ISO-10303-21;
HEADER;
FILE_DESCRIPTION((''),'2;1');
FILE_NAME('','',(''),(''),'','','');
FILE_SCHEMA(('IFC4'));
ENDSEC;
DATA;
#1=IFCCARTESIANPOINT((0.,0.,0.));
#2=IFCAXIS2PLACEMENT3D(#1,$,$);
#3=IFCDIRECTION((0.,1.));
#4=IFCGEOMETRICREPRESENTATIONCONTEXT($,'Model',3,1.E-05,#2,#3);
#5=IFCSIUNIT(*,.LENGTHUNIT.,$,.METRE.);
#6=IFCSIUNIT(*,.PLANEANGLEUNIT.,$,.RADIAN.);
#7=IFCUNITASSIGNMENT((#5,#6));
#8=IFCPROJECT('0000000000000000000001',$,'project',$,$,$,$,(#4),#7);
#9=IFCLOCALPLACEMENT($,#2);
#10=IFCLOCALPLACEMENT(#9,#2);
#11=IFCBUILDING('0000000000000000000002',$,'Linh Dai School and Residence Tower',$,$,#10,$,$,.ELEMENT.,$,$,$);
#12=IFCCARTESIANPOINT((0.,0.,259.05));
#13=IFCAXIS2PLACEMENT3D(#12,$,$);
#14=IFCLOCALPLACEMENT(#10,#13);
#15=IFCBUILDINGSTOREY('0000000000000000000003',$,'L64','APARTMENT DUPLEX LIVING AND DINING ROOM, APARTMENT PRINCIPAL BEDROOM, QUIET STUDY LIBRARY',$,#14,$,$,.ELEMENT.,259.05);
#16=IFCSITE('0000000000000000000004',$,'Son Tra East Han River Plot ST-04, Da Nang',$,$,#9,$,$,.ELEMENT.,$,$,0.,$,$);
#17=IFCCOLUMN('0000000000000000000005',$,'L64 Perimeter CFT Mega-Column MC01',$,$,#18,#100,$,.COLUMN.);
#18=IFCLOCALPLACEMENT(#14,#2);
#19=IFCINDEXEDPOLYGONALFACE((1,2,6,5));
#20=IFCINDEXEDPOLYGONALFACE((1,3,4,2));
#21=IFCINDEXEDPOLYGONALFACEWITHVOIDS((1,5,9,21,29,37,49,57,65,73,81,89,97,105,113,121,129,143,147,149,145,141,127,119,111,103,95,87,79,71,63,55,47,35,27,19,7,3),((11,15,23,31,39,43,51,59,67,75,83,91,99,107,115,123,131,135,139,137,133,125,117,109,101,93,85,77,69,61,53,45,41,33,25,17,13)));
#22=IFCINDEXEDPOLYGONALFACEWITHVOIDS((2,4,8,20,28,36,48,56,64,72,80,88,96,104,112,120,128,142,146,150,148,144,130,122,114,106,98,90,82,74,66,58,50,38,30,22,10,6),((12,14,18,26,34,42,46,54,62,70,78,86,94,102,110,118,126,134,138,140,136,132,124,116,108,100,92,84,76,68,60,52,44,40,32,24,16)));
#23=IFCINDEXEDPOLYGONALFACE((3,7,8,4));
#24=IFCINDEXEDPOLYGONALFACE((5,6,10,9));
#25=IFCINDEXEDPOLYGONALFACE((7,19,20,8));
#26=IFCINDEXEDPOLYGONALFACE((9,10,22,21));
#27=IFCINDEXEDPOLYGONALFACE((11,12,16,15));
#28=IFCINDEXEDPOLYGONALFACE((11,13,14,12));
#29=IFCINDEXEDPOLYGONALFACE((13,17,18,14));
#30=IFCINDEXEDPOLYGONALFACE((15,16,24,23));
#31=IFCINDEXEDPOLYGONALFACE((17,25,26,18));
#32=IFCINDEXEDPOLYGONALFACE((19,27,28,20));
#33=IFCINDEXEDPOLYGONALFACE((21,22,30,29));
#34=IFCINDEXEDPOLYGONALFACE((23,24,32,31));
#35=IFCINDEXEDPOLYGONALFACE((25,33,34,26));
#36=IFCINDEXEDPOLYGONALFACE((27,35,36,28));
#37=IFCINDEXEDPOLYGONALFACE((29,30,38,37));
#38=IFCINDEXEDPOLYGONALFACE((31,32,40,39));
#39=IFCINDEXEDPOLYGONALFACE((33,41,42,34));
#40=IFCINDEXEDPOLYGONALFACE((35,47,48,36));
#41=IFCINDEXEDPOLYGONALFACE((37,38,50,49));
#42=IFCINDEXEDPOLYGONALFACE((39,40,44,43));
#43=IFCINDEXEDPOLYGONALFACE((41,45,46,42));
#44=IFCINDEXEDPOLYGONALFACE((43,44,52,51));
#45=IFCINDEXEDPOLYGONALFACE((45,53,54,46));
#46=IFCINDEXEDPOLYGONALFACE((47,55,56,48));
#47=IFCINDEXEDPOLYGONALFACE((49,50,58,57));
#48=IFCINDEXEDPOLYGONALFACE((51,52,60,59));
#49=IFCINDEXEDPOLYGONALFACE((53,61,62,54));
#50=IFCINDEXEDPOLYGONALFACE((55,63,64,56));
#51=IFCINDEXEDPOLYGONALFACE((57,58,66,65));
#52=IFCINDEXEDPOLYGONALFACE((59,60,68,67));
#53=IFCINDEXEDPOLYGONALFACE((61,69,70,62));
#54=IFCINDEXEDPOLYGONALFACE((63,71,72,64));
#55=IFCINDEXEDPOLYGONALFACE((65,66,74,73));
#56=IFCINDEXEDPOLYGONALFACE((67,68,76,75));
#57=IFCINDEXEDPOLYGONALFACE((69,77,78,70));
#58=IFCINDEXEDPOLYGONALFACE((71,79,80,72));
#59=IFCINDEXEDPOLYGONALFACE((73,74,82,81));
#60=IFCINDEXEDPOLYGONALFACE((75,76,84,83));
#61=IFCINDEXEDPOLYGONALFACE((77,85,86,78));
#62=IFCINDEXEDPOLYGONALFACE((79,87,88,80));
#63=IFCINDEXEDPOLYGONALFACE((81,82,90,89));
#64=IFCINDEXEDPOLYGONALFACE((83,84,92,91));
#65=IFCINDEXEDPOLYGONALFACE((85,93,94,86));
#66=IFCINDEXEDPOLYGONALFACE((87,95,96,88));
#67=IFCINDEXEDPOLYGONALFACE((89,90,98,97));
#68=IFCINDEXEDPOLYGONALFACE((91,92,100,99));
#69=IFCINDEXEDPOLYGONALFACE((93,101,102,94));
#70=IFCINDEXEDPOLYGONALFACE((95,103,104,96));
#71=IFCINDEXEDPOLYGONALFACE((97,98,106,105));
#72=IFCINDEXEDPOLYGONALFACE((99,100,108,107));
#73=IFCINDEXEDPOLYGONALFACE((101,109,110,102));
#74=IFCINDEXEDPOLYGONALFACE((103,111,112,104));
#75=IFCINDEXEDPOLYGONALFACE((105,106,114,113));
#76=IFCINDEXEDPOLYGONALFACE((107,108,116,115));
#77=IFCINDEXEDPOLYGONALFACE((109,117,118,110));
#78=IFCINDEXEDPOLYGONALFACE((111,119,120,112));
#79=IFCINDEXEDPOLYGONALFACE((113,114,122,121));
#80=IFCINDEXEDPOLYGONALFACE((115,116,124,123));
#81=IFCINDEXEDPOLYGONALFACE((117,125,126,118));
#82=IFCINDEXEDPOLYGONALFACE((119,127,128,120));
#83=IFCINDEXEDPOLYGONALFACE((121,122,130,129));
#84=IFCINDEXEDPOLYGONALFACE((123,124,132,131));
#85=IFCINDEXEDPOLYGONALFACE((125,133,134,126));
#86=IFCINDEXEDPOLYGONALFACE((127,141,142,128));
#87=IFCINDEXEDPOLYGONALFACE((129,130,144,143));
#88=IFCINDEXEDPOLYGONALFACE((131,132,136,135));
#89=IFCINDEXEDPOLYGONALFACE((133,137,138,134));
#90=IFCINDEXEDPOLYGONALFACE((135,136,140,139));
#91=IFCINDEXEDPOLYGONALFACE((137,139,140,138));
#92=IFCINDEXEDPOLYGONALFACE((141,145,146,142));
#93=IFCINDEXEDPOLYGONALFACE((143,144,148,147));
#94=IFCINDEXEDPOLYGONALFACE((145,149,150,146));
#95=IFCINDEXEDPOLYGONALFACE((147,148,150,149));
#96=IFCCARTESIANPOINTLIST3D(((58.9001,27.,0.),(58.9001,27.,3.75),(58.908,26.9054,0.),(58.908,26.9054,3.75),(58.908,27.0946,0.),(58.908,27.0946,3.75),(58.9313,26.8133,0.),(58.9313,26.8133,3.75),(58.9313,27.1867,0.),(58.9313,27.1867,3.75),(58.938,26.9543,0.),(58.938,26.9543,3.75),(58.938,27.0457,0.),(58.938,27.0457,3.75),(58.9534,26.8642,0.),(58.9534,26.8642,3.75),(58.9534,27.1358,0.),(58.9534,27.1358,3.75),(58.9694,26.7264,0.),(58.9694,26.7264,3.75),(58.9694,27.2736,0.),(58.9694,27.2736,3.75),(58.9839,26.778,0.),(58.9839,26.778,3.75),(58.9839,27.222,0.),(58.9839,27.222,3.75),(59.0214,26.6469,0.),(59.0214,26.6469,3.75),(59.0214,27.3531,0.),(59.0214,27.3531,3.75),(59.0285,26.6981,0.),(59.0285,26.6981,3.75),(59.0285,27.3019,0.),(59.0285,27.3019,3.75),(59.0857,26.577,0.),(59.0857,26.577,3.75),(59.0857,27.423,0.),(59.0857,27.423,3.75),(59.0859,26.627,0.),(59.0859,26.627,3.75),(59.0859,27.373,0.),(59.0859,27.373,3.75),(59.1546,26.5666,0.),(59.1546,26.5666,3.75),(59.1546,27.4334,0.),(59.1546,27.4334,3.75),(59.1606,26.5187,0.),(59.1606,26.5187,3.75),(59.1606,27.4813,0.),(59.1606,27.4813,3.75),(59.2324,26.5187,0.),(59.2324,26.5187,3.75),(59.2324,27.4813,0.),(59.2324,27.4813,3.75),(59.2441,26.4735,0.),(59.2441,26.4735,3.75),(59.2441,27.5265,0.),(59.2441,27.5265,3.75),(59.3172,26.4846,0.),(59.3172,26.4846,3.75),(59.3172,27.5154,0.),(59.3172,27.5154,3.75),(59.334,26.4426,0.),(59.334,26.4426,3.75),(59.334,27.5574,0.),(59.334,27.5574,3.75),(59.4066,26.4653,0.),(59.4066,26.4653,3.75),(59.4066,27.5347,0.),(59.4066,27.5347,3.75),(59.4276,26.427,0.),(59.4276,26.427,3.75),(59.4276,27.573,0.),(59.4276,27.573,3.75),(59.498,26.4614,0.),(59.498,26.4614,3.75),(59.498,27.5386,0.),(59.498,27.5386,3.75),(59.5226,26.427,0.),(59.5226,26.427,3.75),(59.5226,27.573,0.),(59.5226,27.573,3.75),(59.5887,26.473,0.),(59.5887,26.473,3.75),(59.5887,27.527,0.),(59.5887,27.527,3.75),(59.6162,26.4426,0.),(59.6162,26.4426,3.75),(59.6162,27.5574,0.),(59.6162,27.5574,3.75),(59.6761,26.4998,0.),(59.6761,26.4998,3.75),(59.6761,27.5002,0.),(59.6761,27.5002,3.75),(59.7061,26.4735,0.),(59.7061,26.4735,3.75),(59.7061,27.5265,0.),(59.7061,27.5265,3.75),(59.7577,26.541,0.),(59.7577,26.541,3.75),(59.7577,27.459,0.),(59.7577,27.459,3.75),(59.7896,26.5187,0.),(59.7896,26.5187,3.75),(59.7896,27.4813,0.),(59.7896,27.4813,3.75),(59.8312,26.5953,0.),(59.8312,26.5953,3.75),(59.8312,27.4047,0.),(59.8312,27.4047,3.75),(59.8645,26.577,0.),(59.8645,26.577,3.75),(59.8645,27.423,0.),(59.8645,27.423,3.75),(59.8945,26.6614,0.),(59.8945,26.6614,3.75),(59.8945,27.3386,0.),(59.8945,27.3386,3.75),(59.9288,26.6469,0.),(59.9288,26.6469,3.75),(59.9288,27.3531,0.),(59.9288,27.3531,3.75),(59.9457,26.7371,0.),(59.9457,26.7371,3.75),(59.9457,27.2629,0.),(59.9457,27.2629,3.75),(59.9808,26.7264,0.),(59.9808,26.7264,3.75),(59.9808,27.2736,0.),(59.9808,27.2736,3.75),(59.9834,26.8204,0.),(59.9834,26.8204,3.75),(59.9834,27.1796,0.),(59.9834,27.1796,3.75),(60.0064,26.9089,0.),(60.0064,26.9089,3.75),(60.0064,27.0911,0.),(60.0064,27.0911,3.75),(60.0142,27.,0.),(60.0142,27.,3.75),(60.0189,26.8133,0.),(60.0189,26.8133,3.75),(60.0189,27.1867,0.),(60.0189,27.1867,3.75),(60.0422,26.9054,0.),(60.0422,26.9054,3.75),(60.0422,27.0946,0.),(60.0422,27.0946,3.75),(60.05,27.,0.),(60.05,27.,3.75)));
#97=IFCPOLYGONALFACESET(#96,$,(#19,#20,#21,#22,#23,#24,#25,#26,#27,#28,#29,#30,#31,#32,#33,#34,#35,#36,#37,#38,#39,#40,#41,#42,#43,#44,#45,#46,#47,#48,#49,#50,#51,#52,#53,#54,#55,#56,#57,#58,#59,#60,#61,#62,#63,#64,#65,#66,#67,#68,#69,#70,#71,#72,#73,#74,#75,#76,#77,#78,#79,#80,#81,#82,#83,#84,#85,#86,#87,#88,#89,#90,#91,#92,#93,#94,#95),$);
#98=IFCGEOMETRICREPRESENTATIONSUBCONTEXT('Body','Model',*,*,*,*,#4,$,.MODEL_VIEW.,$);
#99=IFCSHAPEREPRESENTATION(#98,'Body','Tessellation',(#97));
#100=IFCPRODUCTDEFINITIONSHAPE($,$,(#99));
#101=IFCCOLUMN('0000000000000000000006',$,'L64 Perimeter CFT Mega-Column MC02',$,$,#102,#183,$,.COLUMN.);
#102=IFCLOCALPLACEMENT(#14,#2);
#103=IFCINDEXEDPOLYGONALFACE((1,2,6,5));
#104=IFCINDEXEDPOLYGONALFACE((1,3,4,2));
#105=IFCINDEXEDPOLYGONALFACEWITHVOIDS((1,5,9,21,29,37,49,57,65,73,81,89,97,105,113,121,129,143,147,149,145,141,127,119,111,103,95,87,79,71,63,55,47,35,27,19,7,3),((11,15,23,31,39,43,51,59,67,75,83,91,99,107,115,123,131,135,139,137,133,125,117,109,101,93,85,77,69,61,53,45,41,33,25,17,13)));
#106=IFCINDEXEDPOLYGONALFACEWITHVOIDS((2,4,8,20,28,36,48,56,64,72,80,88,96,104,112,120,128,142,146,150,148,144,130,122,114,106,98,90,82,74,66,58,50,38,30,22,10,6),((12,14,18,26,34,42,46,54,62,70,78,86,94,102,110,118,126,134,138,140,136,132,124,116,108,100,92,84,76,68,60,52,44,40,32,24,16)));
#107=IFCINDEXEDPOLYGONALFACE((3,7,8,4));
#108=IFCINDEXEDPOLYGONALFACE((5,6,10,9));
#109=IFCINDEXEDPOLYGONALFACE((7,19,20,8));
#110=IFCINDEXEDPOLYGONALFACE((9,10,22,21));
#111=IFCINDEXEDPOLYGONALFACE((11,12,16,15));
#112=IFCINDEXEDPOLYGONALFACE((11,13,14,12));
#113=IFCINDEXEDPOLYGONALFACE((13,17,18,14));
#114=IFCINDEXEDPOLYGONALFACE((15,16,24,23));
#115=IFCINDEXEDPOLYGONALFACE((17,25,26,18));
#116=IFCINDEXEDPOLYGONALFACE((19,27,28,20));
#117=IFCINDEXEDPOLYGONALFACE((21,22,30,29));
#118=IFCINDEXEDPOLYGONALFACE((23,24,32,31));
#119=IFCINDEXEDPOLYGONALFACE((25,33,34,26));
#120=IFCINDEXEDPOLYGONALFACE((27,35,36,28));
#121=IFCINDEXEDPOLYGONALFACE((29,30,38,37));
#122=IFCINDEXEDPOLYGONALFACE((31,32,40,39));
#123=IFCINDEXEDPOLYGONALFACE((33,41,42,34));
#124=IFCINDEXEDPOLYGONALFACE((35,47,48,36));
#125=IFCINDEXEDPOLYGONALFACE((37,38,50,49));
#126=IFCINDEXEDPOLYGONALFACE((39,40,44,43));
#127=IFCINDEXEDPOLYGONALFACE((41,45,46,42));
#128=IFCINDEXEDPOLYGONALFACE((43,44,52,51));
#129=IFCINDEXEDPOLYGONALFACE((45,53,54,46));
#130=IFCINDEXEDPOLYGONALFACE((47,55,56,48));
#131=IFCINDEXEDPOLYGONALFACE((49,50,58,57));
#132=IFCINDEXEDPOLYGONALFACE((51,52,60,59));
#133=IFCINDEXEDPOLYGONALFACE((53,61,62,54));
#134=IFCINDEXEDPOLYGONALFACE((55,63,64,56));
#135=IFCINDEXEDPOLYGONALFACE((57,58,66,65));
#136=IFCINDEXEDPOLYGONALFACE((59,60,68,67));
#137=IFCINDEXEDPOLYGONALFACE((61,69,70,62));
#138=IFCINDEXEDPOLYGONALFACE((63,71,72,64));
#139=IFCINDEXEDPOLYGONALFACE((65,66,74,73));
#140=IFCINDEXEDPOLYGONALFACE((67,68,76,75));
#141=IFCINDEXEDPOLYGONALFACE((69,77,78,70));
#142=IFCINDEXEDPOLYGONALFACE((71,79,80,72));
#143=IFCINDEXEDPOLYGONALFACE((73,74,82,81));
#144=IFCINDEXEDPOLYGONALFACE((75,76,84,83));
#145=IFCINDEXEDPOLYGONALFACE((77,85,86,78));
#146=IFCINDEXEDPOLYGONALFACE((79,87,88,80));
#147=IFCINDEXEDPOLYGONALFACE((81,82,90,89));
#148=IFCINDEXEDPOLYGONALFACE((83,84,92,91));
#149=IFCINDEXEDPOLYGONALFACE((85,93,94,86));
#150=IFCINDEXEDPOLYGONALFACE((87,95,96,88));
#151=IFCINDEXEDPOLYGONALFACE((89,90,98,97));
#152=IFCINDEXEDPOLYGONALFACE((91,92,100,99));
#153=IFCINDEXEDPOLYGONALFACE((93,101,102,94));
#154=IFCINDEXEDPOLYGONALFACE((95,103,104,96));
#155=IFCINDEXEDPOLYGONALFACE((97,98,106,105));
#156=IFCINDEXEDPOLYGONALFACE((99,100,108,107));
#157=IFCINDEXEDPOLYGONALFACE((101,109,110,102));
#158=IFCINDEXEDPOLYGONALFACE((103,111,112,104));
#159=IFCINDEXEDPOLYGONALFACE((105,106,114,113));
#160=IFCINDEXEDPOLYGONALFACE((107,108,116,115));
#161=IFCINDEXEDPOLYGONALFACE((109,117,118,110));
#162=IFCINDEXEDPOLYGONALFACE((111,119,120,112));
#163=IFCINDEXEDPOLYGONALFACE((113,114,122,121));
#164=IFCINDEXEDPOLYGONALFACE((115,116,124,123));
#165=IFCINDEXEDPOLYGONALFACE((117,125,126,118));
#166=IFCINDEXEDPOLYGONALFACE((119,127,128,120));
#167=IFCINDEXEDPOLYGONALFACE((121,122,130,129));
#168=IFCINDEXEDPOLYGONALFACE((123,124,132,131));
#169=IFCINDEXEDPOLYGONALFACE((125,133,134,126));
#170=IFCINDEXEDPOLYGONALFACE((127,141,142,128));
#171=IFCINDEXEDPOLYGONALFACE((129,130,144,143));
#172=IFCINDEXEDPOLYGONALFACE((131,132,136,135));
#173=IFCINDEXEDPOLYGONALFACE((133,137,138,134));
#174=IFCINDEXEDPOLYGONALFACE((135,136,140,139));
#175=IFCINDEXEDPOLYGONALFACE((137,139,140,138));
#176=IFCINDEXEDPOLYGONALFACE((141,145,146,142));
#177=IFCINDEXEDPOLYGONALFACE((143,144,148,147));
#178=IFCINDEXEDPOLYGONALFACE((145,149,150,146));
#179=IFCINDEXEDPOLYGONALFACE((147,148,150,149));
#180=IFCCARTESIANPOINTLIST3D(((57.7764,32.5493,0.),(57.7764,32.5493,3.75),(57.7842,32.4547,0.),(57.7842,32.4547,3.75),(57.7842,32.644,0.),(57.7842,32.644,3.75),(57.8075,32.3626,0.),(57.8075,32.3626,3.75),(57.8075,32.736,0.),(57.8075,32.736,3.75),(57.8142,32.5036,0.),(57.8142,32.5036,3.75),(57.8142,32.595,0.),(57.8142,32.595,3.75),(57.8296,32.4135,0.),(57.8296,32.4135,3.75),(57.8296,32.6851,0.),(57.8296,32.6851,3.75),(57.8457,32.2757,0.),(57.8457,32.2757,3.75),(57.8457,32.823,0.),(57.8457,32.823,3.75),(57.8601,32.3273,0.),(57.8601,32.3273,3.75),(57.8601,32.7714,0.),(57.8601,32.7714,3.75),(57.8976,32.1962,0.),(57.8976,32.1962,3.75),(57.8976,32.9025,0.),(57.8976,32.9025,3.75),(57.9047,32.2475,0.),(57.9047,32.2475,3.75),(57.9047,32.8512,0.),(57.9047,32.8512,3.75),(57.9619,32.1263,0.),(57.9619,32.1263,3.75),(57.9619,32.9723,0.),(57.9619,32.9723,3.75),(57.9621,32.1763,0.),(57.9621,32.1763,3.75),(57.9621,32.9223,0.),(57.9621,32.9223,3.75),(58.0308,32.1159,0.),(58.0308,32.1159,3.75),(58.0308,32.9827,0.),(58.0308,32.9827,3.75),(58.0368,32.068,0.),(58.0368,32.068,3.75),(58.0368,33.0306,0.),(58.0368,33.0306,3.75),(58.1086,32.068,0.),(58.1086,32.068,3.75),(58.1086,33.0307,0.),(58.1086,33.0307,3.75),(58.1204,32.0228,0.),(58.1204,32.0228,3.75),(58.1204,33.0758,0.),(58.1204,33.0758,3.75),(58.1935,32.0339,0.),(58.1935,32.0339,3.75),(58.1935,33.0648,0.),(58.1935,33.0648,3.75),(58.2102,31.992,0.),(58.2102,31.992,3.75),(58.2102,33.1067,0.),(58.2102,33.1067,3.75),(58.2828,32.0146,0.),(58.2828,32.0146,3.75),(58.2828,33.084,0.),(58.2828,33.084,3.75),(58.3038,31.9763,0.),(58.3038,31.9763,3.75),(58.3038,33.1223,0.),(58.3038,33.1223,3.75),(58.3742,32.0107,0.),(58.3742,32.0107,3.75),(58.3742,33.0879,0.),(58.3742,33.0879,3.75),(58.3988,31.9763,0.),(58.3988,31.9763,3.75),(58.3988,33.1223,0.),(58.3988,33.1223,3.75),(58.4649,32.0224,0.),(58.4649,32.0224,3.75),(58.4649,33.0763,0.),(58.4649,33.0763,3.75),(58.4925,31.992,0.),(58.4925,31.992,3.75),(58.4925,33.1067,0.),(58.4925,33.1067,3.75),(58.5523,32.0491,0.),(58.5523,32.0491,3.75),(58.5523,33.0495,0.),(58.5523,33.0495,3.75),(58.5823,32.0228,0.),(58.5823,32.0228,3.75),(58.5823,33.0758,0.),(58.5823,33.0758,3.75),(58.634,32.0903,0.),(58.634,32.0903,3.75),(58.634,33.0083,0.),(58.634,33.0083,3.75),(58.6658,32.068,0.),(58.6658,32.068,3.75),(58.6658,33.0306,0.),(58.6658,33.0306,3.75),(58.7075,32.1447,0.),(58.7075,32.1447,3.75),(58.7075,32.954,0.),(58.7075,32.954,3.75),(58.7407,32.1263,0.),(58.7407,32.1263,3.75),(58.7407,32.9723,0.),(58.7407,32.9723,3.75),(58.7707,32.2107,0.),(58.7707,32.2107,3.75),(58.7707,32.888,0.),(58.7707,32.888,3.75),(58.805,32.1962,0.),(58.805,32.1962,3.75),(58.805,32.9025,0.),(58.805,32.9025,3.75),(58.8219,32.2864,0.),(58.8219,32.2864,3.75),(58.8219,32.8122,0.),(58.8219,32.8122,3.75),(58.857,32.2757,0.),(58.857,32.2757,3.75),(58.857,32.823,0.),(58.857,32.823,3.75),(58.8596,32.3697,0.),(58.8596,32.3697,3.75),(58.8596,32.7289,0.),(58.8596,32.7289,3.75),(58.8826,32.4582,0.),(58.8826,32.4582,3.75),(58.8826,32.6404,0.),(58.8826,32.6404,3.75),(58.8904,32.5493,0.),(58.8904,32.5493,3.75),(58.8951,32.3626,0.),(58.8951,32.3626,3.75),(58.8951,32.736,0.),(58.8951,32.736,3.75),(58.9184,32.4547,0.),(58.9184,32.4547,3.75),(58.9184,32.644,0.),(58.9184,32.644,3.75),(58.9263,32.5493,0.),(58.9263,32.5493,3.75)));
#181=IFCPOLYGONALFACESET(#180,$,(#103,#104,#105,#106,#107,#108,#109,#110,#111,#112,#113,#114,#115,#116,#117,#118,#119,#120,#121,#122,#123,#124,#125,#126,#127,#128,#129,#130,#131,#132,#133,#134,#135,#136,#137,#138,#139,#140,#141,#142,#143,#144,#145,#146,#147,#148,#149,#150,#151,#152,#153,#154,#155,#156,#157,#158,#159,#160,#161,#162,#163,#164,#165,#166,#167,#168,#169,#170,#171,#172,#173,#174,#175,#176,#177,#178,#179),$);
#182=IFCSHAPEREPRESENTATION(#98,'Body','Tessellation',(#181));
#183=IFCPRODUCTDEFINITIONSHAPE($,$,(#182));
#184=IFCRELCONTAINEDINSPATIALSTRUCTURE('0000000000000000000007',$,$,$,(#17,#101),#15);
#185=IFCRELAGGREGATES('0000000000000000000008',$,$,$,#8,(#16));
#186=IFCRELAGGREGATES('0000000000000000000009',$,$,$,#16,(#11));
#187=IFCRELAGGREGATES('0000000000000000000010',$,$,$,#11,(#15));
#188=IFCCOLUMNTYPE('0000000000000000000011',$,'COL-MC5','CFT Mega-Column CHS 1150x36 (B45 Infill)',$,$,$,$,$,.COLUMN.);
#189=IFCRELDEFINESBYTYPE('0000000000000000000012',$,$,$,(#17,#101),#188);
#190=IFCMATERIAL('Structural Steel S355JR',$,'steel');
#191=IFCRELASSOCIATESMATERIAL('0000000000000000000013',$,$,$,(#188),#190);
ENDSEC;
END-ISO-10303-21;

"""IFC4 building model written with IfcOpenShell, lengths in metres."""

from ifc_helpers import new_model, si_unit, direction, frame, origin, origin_2d, place, context, subcontext, project, spatial, hollow_circle, extrude, material, material_profile, profile_set, type_object, element, save


model = new_model("IFC4")

# Units and contexts
model_context = context("Model", 3, precision=1e-05, world=origin(), true_north=direction((0.0, 1.0)))
body_context = subcontext(model_context, "Body", "Model", "MODEL_VIEW")
ifc_project = project(units=[si_unit("LENGTHUNIT", "METRE"), si_unit("PLANEANGLEUNIT", "RADIAN")], contexts=[model_context])

# Site, building, storey
site_placement = place(None, origin())
site = spatial("IfcSite", under=ifc_project, at=site_placement, Name="Son Tra East Han River Plot ST-04, Da Nang", CompositionType="ELEMENT", RefElevation=0.0)
building_placement = place(site_placement, origin())
building = spatial("IfcBuilding", under=site, at=building_placement, Name="Linh Dai School and Residence Tower", CompositionType="ELEMENT")
storey_placement = place(building_placement, frame((0.0, 0.0, 259.05)))
storey = spatial("IfcBuildingStorey", under=building, at=storey_placement, Name="L64", Description="APARTMENT DUPLEX LIVING AND DINING ROOM, APARTMENT PRINCIPAL BEDROOM, QUIET STUDY LIBRARY", CompositionType="ELEMENT", Elevation=259.05)

# Columns
ifc_material_1 = material(Name="Structural Steel S355JR", Category="steel")
ifc_material_profile_1 = material_profile(ifc_material_1, hollow_circle(Radius=0.575, WallThickness=0.0359, at=origin_2d()), Name="CHS 1150x36")
ifc_profile_set_1 = profile_set([ifc_material_profile_1], Name="Structural Steel S355JR")
column_type = type_object("IfcColumnType", Name="COL-MC5", Description="CFT Mega-Column CHS 1150x36 (B45 Infill)", PredefinedType="COLUMN", material=ifc_profile_set_1)
for number, where, z_axis, x_axis, name in (
    (1, (59.4751, 27.0, 0.0), (0.0, 0.0, 1.0), (1.0, 0.0, 0.0), "L64 Perimeter CFT Mega-Column MC01"),
    (2, (58.3513, 32.5493, 0.0), (0.0, 0.0, 1.0), (1.0, 0.0, 0.0), "L64 Perimeter CFT Mega-Column MC02"),
):
    element("IfcColumn", number, at=place(storey_placement, frame(where, z_axis=z_axis, x_axis=x_axis)), inside=storey, type_object=column_type, Name=name, PredefinedType="COLUMN", context=body_context, shape_type="SweptSolid", body=[
        extrude(hollow_circle(Radius=0.575, WallThickness=0.0359, at=origin_2d()), origin(), (0.0, 0.0, 1.0), 3.75),
    ])

save(model, "model.ifc")
